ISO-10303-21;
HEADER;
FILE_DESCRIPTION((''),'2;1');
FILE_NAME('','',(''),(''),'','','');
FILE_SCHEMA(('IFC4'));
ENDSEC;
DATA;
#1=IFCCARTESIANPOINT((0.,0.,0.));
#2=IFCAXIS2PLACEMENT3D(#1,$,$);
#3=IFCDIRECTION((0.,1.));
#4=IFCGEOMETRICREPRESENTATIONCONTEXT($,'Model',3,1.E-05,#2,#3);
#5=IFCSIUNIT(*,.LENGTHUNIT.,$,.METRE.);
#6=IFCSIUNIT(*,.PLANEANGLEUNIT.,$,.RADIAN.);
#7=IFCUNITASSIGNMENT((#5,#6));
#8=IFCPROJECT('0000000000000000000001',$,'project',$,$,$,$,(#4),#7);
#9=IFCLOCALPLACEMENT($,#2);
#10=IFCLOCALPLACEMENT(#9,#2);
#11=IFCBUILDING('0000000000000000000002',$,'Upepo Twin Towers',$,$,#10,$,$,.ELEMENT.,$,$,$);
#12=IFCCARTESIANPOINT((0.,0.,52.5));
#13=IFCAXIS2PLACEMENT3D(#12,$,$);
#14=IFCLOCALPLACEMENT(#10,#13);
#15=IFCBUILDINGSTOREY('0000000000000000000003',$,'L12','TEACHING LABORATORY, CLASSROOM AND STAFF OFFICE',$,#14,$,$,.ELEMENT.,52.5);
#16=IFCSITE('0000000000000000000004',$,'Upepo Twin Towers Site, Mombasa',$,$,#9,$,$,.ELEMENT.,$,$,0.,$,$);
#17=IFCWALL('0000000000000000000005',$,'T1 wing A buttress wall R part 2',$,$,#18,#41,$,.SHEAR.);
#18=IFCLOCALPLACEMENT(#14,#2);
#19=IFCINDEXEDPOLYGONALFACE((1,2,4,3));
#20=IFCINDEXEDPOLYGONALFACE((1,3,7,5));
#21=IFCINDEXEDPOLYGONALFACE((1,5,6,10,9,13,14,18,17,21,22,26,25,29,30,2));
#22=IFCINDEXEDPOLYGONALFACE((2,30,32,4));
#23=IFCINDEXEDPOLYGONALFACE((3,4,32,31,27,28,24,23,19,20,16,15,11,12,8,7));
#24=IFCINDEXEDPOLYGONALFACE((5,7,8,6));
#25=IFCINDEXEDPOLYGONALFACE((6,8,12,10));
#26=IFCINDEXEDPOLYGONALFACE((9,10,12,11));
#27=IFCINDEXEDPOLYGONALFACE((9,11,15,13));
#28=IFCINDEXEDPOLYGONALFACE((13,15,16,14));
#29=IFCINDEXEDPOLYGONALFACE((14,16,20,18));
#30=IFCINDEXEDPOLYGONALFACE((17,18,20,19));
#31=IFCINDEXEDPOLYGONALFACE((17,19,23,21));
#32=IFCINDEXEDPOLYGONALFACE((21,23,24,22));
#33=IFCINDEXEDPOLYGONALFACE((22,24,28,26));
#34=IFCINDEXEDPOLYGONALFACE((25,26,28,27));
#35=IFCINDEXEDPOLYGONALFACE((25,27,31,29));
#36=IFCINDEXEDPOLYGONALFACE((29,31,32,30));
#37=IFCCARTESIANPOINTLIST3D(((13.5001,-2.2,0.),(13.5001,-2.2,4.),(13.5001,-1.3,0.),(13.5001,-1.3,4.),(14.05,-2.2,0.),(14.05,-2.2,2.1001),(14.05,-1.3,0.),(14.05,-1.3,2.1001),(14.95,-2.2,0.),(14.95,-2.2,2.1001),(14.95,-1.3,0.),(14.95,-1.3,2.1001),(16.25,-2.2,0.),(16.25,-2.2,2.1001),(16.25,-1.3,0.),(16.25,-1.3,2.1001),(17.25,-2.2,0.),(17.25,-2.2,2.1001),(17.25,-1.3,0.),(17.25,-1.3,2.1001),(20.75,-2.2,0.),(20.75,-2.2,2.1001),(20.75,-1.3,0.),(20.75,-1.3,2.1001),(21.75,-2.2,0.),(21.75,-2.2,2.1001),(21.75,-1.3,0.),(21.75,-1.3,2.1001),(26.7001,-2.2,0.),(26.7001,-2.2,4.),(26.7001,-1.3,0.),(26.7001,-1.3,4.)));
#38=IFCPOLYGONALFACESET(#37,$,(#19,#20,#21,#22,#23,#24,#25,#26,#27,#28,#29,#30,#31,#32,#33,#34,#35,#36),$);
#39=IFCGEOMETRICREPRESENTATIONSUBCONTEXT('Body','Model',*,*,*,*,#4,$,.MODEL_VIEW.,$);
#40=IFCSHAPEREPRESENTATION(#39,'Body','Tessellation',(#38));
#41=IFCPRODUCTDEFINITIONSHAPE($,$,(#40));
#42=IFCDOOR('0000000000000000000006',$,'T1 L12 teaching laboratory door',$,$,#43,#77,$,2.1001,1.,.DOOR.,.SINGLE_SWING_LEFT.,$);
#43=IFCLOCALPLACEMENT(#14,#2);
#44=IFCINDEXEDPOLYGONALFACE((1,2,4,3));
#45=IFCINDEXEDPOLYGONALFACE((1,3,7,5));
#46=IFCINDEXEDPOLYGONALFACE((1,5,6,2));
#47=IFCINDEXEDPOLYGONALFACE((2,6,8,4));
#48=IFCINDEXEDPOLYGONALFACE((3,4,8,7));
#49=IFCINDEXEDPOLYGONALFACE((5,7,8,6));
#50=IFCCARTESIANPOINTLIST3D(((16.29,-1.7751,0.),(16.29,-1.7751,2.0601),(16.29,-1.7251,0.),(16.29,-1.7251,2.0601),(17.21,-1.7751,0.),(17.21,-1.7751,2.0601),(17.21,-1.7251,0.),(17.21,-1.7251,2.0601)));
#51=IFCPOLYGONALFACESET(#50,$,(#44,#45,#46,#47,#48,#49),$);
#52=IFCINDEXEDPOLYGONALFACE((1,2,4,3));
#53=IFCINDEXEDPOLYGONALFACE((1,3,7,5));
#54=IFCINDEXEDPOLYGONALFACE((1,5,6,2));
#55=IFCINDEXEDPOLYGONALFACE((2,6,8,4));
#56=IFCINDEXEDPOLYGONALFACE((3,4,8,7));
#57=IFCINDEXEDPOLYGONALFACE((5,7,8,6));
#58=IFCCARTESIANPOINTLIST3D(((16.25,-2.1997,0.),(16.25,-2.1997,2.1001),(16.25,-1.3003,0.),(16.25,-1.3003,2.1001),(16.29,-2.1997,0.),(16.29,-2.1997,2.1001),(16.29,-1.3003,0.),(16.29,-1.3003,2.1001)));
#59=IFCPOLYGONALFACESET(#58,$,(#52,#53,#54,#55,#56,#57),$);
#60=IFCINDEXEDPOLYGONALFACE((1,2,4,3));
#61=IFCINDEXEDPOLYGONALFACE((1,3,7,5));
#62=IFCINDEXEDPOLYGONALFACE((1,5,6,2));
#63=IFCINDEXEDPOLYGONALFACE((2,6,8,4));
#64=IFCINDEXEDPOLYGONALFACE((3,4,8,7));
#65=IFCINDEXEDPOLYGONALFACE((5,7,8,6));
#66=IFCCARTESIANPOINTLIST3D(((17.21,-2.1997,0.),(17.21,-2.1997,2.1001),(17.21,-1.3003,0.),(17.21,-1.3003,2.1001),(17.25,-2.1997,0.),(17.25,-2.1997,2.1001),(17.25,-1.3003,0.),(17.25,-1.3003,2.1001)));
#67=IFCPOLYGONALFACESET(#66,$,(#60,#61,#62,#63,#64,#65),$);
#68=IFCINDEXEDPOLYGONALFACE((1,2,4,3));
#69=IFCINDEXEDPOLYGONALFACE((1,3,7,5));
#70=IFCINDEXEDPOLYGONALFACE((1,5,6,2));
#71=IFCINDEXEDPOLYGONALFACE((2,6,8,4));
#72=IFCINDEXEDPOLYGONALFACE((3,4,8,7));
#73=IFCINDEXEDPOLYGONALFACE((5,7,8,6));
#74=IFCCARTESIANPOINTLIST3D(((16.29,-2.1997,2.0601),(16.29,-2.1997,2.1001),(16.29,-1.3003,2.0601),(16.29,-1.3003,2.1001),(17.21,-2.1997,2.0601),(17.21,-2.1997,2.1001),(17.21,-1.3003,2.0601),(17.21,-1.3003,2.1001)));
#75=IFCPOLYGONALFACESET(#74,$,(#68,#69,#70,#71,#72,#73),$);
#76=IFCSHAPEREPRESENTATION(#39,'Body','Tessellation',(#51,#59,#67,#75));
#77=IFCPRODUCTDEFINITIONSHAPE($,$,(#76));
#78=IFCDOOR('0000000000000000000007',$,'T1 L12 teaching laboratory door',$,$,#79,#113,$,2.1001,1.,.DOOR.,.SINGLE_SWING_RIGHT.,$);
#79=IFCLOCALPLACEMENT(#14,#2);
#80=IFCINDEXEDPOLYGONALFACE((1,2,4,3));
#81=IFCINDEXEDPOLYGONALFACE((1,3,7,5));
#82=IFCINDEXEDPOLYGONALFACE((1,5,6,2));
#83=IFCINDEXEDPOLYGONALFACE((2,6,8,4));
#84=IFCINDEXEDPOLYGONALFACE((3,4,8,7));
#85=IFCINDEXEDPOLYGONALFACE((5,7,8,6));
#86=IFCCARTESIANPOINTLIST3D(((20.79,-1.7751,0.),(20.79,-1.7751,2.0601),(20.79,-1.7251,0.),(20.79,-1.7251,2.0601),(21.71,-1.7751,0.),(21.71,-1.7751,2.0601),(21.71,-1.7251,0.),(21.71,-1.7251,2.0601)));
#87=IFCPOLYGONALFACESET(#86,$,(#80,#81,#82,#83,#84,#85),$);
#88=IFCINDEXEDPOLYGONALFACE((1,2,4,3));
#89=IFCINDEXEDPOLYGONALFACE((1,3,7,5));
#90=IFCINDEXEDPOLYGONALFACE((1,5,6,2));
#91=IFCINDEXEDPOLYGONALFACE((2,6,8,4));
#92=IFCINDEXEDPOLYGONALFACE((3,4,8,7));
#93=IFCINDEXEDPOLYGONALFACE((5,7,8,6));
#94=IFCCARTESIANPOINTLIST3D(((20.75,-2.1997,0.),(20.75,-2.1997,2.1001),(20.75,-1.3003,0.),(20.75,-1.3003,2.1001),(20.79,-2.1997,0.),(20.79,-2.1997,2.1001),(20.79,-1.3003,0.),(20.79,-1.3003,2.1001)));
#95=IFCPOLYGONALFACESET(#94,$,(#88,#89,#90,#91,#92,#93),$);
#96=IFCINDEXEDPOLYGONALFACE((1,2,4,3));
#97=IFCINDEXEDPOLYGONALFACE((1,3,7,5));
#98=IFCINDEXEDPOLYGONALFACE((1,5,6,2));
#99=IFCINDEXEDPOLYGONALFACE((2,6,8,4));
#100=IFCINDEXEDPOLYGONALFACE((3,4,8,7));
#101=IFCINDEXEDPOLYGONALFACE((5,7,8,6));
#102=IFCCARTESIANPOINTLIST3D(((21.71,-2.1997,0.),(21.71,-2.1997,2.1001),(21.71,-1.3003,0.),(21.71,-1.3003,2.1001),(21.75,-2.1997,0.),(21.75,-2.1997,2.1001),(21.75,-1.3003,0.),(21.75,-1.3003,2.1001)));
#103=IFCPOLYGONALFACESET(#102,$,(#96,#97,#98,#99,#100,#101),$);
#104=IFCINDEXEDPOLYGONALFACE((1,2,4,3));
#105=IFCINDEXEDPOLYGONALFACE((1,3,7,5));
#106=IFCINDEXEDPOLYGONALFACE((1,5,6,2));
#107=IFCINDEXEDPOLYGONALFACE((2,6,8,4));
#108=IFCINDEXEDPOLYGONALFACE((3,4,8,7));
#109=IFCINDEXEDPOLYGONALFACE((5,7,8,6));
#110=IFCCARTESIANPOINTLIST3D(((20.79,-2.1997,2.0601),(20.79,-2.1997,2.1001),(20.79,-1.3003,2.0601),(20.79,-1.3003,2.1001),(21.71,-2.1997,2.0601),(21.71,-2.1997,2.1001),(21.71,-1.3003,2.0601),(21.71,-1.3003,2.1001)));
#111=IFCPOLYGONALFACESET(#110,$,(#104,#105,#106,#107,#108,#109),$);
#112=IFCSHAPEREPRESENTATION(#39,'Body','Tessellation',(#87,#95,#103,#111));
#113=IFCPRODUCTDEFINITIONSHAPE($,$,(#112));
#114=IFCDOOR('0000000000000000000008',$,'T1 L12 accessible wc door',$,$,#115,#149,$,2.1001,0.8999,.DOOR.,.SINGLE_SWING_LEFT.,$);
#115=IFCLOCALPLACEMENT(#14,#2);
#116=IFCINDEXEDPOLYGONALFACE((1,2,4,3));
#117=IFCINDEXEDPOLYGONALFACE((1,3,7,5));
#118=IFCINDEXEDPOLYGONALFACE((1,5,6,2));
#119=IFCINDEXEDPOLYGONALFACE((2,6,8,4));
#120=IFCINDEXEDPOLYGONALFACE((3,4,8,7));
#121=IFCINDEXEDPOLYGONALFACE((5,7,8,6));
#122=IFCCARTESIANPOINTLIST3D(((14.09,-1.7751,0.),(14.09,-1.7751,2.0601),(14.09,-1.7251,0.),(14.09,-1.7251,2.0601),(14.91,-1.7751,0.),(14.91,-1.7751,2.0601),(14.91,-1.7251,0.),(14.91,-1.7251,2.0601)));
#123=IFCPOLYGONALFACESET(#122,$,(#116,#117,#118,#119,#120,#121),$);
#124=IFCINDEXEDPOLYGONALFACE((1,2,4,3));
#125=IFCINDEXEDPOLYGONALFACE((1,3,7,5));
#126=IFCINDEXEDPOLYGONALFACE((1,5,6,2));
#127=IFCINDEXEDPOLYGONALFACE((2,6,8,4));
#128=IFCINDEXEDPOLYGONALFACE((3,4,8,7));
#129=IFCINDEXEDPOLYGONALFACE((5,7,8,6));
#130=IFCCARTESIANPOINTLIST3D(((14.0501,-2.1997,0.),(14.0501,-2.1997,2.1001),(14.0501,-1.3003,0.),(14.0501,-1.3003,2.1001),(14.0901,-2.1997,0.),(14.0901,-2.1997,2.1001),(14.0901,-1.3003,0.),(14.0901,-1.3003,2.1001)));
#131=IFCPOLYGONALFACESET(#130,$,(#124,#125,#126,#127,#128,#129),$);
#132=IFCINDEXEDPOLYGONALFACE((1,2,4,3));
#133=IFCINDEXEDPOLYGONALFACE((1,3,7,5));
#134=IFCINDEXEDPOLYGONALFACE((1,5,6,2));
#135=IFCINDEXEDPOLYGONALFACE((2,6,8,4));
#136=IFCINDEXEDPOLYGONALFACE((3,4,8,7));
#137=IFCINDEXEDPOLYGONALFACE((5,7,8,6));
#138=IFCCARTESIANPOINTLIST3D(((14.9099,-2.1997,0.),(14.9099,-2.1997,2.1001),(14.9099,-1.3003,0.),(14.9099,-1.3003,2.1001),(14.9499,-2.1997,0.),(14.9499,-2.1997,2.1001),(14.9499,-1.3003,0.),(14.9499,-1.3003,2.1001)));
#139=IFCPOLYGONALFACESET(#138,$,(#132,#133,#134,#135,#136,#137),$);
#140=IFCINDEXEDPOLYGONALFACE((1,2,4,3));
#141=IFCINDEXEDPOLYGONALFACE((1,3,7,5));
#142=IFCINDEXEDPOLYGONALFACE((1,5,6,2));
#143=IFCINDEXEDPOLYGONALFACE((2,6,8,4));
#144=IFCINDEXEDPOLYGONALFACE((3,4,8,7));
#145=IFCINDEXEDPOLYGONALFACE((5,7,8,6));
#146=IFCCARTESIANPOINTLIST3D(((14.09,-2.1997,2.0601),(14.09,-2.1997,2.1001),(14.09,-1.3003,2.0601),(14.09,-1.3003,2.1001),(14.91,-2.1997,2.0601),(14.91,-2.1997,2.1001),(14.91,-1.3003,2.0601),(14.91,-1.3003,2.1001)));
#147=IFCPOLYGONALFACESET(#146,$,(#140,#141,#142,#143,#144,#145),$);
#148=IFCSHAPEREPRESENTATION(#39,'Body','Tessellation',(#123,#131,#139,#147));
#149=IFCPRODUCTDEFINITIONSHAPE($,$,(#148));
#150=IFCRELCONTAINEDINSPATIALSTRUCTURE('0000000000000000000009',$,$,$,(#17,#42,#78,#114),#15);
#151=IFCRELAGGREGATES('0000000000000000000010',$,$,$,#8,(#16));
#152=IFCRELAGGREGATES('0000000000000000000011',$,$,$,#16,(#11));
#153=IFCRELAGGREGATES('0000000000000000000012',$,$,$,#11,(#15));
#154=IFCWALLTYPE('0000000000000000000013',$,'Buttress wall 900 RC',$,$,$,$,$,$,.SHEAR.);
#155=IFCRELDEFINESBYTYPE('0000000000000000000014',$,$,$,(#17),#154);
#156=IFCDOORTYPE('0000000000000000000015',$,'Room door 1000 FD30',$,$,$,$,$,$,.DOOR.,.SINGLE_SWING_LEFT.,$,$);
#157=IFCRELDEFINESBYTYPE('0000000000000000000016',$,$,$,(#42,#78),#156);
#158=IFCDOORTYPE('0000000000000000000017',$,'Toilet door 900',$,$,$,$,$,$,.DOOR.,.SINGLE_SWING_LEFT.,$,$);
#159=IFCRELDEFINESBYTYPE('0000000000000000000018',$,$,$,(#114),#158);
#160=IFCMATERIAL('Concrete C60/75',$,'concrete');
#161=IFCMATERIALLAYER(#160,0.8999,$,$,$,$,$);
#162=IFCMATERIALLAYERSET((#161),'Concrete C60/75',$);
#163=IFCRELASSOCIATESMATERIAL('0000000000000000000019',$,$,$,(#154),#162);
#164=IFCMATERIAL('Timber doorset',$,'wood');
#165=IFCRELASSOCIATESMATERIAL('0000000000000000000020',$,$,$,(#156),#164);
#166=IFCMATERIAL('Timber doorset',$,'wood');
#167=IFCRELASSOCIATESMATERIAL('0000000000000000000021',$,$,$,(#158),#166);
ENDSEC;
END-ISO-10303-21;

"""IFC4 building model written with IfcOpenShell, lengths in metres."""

from ifc_helpers import new_model, si_unit, direction, frame, frame_2d, origin, place, context, subcontext, project, spatial, rectangle, extrude, material, layer, layer_set, type_object, element, fill, save


model = new_model("IFC4")

# Units and contexts
model_context = context("Model", 3, precision=1e-05, world=origin(), true_north=direction((0.0, 1.0)))
body_context = subcontext(model_context, "Body", "Model", "MODEL_VIEW")
ifc_project = project(units=[si_unit("LENGTHUNIT", "METRE"), si_unit("PLANEANGLEUNIT", "RADIAN")], contexts=[model_context])

# Site, building, storey
site_placement = place(None, origin())
site = spatial("IfcSite", under=ifc_project, at=site_placement, Name="Upepo Twin Towers Site, Mombasa", CompositionType="ELEMENT", RefElevation=0.0)
building_placement = place(site_placement, origin())
building = spatial("IfcBuilding", under=site, at=building_placement, Name="Upepo Twin Towers", CompositionType="ELEMENT")
storey_placement = place(building_placement, frame((0.0, 0.0, 52.5)))
storey = spatial("IfcBuildingStorey", under=building, at=storey_placement, Name="L12", Description="TEACHING LABORATORY, CLASSROOM AND STAFF OFFICE", CompositionType="ELEMENT", Elevation=52.5)

# Wall, openings, doors
ifc_material_1 = material(Name="Concrete C60/75", Category="concrete")
ifc_layer_1 = layer(ifc_material_1, 0.8999)
ifc_layer_set_1 = layer_set([ifc_layer_1], Name="Concrete C60/75")
wall_type_1 = type_object("IfcWallType", Name="Buttress wall 900 RC", PredefinedType="SHEAR", material=ifc_layer_set_1)
wall_1_placement = place(storey_placement, frame((13.5, -1.75, 0.0), z_axis=(0.0, 0.0, 1.0), x_axis=(1.0, 0.0, 0.0)))
wall_1 = element("IfcWall", 1, at=wall_1_placement, inside=storey, type_object=wall_type_1, Name="T1 wing A buttress wall R part 2", PredefinedType="SHEAR", context=body_context, shape_type="SweptSolid", body=[
    extrude(rectangle(XDim=13.2, YDim=0.8999, at=frame_2d((6.6001, 0.0))), origin(), (0.0, 0.0, 1.0), 4.0),
])
opening_1_placement = place(wall_1_placement, frame((0.55, 0.0, 0.0)))
opening_1 = element("IfcOpeningElement", 2, at=opening_1_placement, cuts=wall_1, PredefinedType="OPENING", context=body_context, shape_type="SweptSolid", body=[
    extrude(rectangle(XDim=0.8999, YDim=2.1001, at=frame_2d((0.45, 1.05))), frame((0.0, 0.46, 0.0), z_axis=(0.0, -1.0, 0.0), x_axis=(1.0, 0.0, 0.0)), (0.0, 0.0, 1.0), 0.9199),
])
opening_2_placement = place(wall_1_placement, frame((2.75, 0.0, 0.0)))
opening_2 = element("IfcOpeningElement", 3, at=opening_2_placement, cuts=wall_1, PredefinedType="OPENING", context=body_context, shape_type="SweptSolid", body=[
    extrude(rectangle(XDim=1.0, YDim=2.1001, at=frame_2d((0.5, 1.05))), frame((0.0, 0.46, 0.0), z_axis=(0.0, -1.0, 0.0), x_axis=(1.0, 0.0, 0.0)), (0.0, 0.0, 1.0), 0.9199),
])
opening_3_placement = place(wall_1_placement, frame((7.25, 0.0, 0.0)))
opening_3 = element("IfcOpeningElement", 4, at=opening_3_placement, cuts=wall_1, PredefinedType="OPENING", context=body_context, shape_type="SweptSolid", body=[
    extrude(rectangle(XDim=1.0, YDim=2.1001, at=frame_2d((0.5, 1.05))), frame((0.0, 0.46, 0.0), z_axis=(0.0, -1.0, 0.0), x_axis=(1.0, 0.0, 0.0)), (0.0, 0.0, 1.0), 0.9199),
])
ifc_material_2 = material(Name="Timber doorset", Category="wood")
door_type_1 = type_object("IfcDoorType", Name="Room door 1000 FD30", OperationType="SINGLE_SWING_LEFT", PredefinedType="DOOR", material=ifc_material_2)
door_1_placement = place(opening_2_placement, origin())
door_1 = element("IfcDoor", 5, at=door_1_placement, inside=storey, type_object=door_type_1, Name="T1 L12 teaching laboratory door", OperationType="SINGLE_SWING_LEFT", OverallHeight=2.1001, OverallWidth=1.0, PredefinedType="DOOR", context=body_context, shape_type="SweptSolid", body=[
    extrude(rectangle(XDim=0.92, YDim=2.0601, at=frame_2d((0.5, 1.03))), frame((0.0, 0.0249, 0.0), z_axis=(0.0, -1.0, 0.0), x_axis=(1.0, 0.0, 0.0)), (0.0, 0.0, 1.0), 0.05),
    extrude(rectangle(XDim=0.04, YDim=2.1001, at=frame_2d((0.02, 1.05))), frame((0.0, 0.4497, 0.0), z_axis=(0.0, -1.0, 0.0), x_axis=(1.0, 0.0, 0.0)), (0.0, 0.0, 1.0), 0.8994),
    extrude(rectangle(XDim=0.04, YDim=2.1001, at=frame_2d((0.98, 1.05))), frame((0.0, 0.4497, 0.0), z_axis=(0.0, -1.0, 0.0), x_axis=(1.0, 0.0, 0.0)), (0.0, 0.0, 1.0), 0.8994),
    extrude(rectangle(XDim=0.92, YDim=0.04, at=frame_2d((0.5, 2.0801))), frame((0.0, 0.4497, 0.0), z_axis=(0.0, -1.0, 0.0), x_axis=(1.0, 0.0, 0.0)), (0.0, 0.0, 1.0), 0.8994),
])
fill(opening_2, door_1)
door_2_placement = place(opening_3_placement, origin())
door_2 = element("IfcDoor", 6, at=door_2_placement, inside=storey, type_object=door_type_1, Name="T1 L12 teaching laboratory door", OperationType="SINGLE_SWING_RIGHT", OverallHeight=2.1001, OverallWidth=1.0, PredefinedType="DOOR", context=body_context, shape_type="SweptSolid", body=[
    extrude(rectangle(XDim=0.92, YDim=2.0601, at=frame_2d((0.5, 1.03))), frame((0.0, 0.0249, 0.0), z_axis=(0.0, -1.0, 0.0), x_axis=(1.0, 0.0, 0.0)), (0.0, 0.0, 1.0), 0.05),
    extrude(rectangle(XDim=0.04, YDim=2.1001, at=frame_2d((0.02, 1.05))), frame((0.0, 0.4497, 0.0), z_axis=(0.0, -1.0, 0.0), x_axis=(1.0, 0.0, 0.0)), (0.0, 0.0, 1.0), 0.8994),
    extrude(rectangle(XDim=0.04, YDim=2.1001, at=frame_2d((0.98, 1.05))), frame((0.0, 0.4497, 0.0), z_axis=(0.0, -1.0, 0.0), x_axis=(1.0, 0.0, 0.0)), (0.0, 0.0, 1.0), 0.8994),
    extrude(rectangle(XDim=0.92, YDim=0.04, at=frame_2d((0.5, 2.0801))), frame((0.0, 0.4497, 0.0), z_axis=(0.0, -1.0, 0.0), x_axis=(1.0, 0.0, 0.0)), (0.0, 0.0, 1.0), 0.8994),
])
fill(opening_3, door_2)
ifc_material_3 = material(Name="Timber doorset", Category="wood")
door_type_2 = type_object("IfcDoorType", Name="Toilet door 900", OperationType="SINGLE_SWING_LEFT", PredefinedType="DOOR", material=ifc_material_3)
door_3_placement = place(opening_1_placement, origin())
door_3 = element("IfcDoor", 7, at=door_3_placement, inside=storey, type_object=door_type_2, Name="T1 L12 accessible wc door", OperationType="SINGLE_SWING_LEFT", OverallHeight=2.1001, OverallWidth=0.8999, PredefinedType="DOOR", context=body_context, shape_type="SweptSolid", body=[
    extrude(rectangle(XDim=0.8199, YDim=2.0601, at=frame_2d((0.45, 1.03))), frame((0.0, 0.0249, 0.0), z_axis=(0.0, -1.0, 0.0), x_axis=(1.0, 0.0, 0.0)), (0.0, 0.0, 1.0), 0.05),
    extrude(rectangle(XDim=0.04, YDim=2.1001, at=frame_2d((0.02, 1.05))), frame((0.0, 0.4497, 0.0), z_axis=(0.0, -1.0, 0.0), x_axis=(1.0, 0.0, 0.0)), (0.0, 0.0, 1.0), 0.8994),
    extrude(rectangle(XDim=0.04, YDim=2.1001, at=frame_2d((0.8799, 1.05))), frame((0.0, 0.4497, 0.0), z_axis=(0.0, -1.0, 0.0), x_axis=(1.0, 0.0, 0.0)), (0.0, 0.0, 1.0), 0.8994),
    extrude(rectangle(XDim=0.8199, YDim=0.04, at=frame_2d((0.45, 2.0801))), frame((0.0, 0.4497, 0.0), z_axis=(0.0, -1.0, 0.0), x_axis=(1.0, 0.0, 0.0)), (0.0, 0.0, 1.0), 0.8994),
])
fill(opening_1, door_3)

save(model, "model.ifc")
